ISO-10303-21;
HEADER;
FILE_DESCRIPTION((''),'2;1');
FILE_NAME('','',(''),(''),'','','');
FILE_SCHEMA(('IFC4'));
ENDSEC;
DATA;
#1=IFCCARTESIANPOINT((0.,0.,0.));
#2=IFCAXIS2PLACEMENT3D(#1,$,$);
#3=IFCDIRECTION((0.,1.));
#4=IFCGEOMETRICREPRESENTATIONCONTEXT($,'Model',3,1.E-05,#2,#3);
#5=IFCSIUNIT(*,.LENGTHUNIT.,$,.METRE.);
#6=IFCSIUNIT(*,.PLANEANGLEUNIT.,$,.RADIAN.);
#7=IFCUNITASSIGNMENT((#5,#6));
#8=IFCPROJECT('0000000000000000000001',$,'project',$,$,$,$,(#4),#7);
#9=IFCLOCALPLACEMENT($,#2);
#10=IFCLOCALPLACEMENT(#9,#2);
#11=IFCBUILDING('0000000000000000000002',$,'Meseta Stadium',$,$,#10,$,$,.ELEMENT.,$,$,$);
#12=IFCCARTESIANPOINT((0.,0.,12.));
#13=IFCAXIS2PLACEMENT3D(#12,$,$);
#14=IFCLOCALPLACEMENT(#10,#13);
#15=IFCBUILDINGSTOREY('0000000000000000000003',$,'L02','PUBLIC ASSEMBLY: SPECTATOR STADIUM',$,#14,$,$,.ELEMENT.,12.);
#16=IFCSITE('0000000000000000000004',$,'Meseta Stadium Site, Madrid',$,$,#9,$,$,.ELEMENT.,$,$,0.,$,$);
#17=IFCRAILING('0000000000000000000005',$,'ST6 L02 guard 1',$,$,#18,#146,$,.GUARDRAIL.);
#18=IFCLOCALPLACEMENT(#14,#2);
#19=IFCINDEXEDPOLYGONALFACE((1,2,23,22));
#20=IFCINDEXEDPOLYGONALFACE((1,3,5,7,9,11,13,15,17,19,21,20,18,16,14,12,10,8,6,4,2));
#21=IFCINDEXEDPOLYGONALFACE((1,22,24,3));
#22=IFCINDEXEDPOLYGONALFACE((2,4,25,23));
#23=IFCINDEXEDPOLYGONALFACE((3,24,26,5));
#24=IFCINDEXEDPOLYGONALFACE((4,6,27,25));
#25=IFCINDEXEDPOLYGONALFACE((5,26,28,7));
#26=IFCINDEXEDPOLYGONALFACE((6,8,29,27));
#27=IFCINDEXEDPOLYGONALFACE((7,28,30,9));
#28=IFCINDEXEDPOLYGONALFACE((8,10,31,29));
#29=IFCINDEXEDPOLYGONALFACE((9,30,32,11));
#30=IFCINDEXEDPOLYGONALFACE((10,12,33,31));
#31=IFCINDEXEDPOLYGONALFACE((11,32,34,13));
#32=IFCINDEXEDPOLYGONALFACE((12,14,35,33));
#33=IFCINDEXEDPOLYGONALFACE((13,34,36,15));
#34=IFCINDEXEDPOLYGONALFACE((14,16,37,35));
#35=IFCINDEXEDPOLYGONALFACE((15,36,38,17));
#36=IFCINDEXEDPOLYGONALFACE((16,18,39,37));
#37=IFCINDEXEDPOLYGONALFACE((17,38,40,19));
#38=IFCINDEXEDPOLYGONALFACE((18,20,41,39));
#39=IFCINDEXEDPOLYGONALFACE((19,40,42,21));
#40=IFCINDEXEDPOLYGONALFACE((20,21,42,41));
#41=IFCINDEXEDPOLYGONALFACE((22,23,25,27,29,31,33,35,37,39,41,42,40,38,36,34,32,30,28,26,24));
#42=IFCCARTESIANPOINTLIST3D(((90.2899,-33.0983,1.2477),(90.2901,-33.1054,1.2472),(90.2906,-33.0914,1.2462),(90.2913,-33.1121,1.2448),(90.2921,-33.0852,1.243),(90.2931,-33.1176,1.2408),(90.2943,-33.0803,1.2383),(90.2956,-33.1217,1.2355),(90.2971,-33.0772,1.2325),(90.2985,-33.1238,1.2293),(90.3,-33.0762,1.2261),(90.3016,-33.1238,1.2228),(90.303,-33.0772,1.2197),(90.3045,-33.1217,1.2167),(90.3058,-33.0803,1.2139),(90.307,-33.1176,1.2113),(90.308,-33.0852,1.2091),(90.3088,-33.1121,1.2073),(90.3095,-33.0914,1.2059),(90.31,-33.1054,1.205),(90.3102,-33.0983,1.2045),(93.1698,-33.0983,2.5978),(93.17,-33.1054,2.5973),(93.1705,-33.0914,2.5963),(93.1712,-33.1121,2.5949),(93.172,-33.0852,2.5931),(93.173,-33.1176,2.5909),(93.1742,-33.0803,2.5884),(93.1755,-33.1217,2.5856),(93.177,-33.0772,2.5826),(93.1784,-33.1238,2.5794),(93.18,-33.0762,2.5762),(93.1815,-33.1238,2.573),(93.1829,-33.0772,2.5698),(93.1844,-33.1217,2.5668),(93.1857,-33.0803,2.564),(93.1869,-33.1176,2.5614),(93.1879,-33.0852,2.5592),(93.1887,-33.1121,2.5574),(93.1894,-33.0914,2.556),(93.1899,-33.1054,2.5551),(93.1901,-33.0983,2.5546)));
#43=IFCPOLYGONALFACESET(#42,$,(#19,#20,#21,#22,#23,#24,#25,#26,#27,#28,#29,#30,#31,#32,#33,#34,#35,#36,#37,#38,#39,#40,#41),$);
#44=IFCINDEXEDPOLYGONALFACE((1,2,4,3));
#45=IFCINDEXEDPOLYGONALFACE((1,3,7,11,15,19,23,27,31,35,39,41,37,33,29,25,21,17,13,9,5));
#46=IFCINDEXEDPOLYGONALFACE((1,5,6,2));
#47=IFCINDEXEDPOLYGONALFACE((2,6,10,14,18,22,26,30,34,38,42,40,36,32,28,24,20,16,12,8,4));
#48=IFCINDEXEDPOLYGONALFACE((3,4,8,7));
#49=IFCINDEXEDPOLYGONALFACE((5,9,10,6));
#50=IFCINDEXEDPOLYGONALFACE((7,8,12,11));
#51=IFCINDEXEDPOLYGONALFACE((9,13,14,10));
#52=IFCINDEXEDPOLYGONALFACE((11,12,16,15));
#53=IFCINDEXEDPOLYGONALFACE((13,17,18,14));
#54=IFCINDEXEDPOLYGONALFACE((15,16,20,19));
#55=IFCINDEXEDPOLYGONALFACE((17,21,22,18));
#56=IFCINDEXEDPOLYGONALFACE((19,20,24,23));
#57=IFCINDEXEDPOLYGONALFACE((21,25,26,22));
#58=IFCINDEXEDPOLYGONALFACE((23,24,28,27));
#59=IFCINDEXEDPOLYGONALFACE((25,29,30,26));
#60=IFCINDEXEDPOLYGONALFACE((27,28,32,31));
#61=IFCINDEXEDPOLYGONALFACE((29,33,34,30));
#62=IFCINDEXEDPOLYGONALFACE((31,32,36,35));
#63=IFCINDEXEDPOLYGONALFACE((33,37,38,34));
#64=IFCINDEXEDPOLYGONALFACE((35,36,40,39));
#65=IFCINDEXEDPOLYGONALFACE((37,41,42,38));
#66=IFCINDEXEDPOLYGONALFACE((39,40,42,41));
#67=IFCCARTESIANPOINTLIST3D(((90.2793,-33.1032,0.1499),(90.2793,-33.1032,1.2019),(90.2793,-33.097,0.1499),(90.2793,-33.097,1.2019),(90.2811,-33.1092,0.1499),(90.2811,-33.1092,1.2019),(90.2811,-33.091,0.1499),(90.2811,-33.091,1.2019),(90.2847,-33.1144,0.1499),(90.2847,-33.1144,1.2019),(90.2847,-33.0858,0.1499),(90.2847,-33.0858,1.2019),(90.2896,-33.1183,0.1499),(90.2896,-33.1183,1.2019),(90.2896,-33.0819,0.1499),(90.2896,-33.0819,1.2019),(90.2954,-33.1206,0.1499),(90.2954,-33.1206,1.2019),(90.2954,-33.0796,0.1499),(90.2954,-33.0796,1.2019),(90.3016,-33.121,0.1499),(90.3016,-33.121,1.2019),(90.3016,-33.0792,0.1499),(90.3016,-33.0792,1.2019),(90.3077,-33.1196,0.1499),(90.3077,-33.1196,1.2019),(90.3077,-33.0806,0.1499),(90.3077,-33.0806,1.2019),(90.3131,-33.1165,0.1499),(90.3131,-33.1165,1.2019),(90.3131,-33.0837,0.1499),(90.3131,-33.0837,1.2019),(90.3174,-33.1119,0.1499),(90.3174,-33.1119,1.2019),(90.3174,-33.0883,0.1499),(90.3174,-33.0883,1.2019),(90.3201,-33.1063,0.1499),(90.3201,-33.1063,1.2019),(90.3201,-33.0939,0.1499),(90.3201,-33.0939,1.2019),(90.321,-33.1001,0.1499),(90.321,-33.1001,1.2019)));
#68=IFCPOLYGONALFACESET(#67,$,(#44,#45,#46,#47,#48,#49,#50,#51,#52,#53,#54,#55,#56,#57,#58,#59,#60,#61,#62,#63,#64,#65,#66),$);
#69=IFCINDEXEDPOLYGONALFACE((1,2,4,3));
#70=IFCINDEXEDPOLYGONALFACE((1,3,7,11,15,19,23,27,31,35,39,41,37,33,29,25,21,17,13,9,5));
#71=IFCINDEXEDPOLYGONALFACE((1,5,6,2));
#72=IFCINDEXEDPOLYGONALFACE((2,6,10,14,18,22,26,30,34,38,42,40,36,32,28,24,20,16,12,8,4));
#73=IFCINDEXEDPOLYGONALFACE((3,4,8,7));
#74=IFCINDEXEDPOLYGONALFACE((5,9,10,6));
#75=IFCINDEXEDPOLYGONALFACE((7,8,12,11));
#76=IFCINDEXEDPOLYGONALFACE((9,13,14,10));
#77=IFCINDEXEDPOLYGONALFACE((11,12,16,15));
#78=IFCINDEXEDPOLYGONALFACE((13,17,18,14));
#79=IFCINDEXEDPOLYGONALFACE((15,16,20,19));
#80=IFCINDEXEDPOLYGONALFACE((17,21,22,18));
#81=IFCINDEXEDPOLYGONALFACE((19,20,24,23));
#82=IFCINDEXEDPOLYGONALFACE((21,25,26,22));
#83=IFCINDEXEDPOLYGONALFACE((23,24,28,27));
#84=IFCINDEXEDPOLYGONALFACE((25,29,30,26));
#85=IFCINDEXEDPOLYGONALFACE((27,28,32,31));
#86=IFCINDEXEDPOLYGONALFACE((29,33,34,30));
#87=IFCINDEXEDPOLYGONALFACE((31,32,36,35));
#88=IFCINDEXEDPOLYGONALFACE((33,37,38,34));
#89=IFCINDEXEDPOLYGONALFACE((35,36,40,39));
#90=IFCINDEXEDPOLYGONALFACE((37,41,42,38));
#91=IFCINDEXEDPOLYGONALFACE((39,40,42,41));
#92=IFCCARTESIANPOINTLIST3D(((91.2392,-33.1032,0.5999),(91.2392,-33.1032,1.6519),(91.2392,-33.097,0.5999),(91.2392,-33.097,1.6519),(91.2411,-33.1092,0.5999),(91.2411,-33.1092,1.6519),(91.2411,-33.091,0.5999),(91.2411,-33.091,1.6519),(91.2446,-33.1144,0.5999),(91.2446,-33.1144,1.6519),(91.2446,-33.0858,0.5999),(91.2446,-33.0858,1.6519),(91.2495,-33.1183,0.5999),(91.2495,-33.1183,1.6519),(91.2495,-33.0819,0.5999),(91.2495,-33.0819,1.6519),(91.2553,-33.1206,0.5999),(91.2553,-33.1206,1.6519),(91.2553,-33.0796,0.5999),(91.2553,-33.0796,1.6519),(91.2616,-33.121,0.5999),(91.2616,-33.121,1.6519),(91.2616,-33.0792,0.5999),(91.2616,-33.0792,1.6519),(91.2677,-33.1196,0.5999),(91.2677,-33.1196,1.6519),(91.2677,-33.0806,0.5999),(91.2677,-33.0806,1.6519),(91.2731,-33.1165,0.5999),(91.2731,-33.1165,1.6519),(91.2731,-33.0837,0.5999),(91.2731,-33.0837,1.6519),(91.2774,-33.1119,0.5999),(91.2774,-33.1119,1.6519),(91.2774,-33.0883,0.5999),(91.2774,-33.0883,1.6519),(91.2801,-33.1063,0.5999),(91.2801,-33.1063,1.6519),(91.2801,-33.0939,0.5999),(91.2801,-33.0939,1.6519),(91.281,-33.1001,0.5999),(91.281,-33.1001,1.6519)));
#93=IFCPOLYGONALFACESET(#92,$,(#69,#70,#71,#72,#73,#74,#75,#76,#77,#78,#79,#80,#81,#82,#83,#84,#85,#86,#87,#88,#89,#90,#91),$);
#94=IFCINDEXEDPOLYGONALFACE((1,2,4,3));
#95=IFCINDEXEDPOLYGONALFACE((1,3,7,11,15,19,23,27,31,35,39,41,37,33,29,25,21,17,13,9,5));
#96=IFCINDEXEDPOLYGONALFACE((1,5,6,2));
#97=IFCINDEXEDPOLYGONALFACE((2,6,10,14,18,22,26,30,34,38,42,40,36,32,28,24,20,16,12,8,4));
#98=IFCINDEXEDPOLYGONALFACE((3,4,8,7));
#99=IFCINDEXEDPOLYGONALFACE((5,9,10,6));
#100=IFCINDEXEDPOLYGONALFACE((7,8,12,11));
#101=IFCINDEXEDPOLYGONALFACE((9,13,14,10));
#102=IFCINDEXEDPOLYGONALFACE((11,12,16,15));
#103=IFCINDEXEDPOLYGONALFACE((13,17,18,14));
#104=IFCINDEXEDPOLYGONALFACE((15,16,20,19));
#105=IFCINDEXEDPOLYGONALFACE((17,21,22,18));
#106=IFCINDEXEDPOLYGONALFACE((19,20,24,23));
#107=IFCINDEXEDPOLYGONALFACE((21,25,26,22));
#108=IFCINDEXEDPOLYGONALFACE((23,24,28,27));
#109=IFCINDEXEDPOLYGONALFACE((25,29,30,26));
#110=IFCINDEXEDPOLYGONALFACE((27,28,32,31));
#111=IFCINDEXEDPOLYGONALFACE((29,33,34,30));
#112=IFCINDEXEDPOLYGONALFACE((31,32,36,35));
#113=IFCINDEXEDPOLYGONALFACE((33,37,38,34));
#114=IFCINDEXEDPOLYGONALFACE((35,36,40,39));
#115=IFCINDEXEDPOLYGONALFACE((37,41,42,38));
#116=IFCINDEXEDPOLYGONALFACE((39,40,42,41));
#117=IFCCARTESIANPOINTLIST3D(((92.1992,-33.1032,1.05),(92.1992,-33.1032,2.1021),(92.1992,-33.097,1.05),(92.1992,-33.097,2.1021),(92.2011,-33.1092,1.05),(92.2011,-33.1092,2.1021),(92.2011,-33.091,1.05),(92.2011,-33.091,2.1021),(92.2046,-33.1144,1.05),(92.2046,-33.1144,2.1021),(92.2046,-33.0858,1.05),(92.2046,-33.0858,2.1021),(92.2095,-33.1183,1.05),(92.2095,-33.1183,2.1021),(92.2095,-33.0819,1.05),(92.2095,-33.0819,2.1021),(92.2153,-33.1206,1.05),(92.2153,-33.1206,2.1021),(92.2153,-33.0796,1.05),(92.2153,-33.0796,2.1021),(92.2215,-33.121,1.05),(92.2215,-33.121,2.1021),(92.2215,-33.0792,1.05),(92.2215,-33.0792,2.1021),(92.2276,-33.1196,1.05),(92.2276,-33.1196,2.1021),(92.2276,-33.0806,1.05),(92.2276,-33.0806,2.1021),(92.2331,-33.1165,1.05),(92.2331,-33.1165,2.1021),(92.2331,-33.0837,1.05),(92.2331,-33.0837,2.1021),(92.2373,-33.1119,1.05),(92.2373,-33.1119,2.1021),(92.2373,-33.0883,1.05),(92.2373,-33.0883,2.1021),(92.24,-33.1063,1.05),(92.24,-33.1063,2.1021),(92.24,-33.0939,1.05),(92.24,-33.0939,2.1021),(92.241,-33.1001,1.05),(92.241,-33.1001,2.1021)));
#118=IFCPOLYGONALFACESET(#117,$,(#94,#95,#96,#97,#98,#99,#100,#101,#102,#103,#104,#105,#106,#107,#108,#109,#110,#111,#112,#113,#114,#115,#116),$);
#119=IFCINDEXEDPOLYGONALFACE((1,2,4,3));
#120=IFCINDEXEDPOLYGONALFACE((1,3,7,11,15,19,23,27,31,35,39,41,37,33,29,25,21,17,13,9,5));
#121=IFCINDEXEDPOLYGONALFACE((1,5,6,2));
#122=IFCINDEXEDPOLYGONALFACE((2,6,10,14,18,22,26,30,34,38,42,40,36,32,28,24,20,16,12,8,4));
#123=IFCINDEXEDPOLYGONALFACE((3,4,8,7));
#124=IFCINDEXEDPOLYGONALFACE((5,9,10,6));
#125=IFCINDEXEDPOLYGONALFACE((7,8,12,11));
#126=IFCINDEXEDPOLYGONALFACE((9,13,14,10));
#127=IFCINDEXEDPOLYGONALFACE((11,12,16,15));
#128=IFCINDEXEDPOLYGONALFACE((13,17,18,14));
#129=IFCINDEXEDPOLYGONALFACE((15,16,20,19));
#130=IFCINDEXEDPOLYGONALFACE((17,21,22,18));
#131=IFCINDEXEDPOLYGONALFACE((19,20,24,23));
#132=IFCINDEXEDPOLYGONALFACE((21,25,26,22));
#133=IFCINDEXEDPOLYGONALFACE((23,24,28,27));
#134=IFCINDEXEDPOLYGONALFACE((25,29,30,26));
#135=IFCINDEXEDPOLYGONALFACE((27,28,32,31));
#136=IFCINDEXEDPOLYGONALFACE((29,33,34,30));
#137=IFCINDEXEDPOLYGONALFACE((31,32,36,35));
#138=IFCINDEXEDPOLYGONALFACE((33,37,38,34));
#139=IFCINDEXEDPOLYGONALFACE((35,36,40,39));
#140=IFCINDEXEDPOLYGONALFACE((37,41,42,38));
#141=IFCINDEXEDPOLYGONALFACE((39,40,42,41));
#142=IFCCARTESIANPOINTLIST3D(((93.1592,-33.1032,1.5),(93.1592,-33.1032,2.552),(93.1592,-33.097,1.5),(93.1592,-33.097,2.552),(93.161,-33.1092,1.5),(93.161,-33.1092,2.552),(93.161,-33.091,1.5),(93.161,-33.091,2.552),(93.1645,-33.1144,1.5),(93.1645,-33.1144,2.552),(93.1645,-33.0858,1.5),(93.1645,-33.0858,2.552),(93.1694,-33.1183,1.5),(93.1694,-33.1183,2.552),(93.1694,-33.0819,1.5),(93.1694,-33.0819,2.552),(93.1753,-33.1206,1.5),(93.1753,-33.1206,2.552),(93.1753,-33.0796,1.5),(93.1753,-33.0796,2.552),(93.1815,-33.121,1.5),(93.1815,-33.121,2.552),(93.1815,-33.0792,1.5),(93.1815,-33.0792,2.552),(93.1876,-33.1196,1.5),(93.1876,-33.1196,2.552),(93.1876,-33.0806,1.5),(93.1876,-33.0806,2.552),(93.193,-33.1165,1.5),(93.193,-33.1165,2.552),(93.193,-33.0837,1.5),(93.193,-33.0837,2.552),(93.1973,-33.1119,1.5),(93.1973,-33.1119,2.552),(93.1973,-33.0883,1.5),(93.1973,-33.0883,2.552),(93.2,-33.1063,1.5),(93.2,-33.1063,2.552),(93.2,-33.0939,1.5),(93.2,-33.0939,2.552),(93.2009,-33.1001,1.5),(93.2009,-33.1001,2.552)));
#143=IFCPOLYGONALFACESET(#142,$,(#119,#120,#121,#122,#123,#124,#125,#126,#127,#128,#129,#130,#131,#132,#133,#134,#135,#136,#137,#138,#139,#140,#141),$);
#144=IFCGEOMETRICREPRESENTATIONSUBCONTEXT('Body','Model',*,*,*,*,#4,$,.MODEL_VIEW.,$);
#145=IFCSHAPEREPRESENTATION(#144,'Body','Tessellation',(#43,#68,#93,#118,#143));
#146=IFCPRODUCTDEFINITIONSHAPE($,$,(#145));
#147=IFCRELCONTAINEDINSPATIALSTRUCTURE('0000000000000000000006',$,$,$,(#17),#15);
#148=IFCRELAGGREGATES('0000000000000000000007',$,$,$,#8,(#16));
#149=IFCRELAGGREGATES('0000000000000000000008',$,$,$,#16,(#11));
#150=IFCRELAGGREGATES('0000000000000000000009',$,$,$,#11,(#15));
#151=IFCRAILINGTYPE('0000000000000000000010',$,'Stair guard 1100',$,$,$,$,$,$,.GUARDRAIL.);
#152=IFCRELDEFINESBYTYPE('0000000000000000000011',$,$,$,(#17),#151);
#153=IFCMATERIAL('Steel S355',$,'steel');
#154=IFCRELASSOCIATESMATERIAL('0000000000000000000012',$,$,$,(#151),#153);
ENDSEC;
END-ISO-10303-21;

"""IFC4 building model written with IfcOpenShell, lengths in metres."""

from ifc_helpers import new_model, si_unit, direction, frame, origin, origin_2d, place, context, subcontext, project, spatial, circle, extrude, material, type_object, element, save


model = new_model("IFC4")

# Units and contexts
model_context = context("Model", 3, precision=1e-05, world=origin(), true_north=direction((0.0, 1.0)))
body_context = subcontext(model_context, "Body", "Model", "MODEL_VIEW")
ifc_project = project(units=[si_unit("LENGTHUNIT", "METRE"), si_unit("PLANEANGLEUNIT", "RADIAN")], contexts=[model_context])

# Site, building, storey
site_placement = place(None, origin())
site = spatial("IfcSite", under=ifc_project, at=site_placement, Name="Meseta Stadium Site, Madrid", CompositionType="ELEMENT", RefElevation=0.0)
building_placement = place(site_placement, origin())
building = spatial("IfcBuilding", under=site, at=building_placement, Name="Meseta Stadium", CompositionType="ELEMENT")
storey_placement = place(building_placement, frame((0.0, 0.0, 12.0)))
storey = spatial("IfcBuildingStorey", under=building, at=storey_placement, Name="L02", Description="PUBLIC ASSEMBLY: SPECTATOR STADIUM", CompositionType="ELEMENT", Elevation=12.0)

# Railing
ifc_material_1 = material(Name="Steel S355", Category="steel")
railing_type_1 = type_object("IfcRailingType", Name="Stair guard 1100", PredefinedType="GUARDRAIL", material=ifc_material_1)
railing_1_placement = place(storey_placement, frame((90.3, -33.1001, 0.1499)))
element("IfcRailing", 1, at=railing_1_placement, inside=storey, type_object=railing_type_1, Name="ST6 L02 guard 1", PredefinedType="GUARDRAIL", context=body_context, shape_type="SweptSolid", body=[
    extrude(circle(Radius=0.0239, at=origin_2d()), frame((0.0, 0.0, 1.0762), z_axis=(0.90544, 0.0, 0.424473), x_axis=(0.0, 1.0, 0.0)), (0.0, 0.0, 1.0), 3.1807),
    extrude(circle(Radius=0.021, at=origin_2d()), origin(), (0.0, 0.0, 1.0), 1.052),
    extrude(circle(Radius=0.021, at=origin_2d()), frame((0.96, 0.0, 0.45)), (0.0, 0.0, 1.0), 1.052),
    extrude(circle(Radius=0.021, at=origin_2d()), frame((1.9199, 0.0, 0.9001)), (0.0, 0.0, 1.0), 1.052),
    extrude(circle(Radius=0.021, at=origin_2d()), frame((2.8799, 0.0, 1.3501)), (0.0, 0.0, 1.0), 1.052),
])

save(model, "model.ifc")
